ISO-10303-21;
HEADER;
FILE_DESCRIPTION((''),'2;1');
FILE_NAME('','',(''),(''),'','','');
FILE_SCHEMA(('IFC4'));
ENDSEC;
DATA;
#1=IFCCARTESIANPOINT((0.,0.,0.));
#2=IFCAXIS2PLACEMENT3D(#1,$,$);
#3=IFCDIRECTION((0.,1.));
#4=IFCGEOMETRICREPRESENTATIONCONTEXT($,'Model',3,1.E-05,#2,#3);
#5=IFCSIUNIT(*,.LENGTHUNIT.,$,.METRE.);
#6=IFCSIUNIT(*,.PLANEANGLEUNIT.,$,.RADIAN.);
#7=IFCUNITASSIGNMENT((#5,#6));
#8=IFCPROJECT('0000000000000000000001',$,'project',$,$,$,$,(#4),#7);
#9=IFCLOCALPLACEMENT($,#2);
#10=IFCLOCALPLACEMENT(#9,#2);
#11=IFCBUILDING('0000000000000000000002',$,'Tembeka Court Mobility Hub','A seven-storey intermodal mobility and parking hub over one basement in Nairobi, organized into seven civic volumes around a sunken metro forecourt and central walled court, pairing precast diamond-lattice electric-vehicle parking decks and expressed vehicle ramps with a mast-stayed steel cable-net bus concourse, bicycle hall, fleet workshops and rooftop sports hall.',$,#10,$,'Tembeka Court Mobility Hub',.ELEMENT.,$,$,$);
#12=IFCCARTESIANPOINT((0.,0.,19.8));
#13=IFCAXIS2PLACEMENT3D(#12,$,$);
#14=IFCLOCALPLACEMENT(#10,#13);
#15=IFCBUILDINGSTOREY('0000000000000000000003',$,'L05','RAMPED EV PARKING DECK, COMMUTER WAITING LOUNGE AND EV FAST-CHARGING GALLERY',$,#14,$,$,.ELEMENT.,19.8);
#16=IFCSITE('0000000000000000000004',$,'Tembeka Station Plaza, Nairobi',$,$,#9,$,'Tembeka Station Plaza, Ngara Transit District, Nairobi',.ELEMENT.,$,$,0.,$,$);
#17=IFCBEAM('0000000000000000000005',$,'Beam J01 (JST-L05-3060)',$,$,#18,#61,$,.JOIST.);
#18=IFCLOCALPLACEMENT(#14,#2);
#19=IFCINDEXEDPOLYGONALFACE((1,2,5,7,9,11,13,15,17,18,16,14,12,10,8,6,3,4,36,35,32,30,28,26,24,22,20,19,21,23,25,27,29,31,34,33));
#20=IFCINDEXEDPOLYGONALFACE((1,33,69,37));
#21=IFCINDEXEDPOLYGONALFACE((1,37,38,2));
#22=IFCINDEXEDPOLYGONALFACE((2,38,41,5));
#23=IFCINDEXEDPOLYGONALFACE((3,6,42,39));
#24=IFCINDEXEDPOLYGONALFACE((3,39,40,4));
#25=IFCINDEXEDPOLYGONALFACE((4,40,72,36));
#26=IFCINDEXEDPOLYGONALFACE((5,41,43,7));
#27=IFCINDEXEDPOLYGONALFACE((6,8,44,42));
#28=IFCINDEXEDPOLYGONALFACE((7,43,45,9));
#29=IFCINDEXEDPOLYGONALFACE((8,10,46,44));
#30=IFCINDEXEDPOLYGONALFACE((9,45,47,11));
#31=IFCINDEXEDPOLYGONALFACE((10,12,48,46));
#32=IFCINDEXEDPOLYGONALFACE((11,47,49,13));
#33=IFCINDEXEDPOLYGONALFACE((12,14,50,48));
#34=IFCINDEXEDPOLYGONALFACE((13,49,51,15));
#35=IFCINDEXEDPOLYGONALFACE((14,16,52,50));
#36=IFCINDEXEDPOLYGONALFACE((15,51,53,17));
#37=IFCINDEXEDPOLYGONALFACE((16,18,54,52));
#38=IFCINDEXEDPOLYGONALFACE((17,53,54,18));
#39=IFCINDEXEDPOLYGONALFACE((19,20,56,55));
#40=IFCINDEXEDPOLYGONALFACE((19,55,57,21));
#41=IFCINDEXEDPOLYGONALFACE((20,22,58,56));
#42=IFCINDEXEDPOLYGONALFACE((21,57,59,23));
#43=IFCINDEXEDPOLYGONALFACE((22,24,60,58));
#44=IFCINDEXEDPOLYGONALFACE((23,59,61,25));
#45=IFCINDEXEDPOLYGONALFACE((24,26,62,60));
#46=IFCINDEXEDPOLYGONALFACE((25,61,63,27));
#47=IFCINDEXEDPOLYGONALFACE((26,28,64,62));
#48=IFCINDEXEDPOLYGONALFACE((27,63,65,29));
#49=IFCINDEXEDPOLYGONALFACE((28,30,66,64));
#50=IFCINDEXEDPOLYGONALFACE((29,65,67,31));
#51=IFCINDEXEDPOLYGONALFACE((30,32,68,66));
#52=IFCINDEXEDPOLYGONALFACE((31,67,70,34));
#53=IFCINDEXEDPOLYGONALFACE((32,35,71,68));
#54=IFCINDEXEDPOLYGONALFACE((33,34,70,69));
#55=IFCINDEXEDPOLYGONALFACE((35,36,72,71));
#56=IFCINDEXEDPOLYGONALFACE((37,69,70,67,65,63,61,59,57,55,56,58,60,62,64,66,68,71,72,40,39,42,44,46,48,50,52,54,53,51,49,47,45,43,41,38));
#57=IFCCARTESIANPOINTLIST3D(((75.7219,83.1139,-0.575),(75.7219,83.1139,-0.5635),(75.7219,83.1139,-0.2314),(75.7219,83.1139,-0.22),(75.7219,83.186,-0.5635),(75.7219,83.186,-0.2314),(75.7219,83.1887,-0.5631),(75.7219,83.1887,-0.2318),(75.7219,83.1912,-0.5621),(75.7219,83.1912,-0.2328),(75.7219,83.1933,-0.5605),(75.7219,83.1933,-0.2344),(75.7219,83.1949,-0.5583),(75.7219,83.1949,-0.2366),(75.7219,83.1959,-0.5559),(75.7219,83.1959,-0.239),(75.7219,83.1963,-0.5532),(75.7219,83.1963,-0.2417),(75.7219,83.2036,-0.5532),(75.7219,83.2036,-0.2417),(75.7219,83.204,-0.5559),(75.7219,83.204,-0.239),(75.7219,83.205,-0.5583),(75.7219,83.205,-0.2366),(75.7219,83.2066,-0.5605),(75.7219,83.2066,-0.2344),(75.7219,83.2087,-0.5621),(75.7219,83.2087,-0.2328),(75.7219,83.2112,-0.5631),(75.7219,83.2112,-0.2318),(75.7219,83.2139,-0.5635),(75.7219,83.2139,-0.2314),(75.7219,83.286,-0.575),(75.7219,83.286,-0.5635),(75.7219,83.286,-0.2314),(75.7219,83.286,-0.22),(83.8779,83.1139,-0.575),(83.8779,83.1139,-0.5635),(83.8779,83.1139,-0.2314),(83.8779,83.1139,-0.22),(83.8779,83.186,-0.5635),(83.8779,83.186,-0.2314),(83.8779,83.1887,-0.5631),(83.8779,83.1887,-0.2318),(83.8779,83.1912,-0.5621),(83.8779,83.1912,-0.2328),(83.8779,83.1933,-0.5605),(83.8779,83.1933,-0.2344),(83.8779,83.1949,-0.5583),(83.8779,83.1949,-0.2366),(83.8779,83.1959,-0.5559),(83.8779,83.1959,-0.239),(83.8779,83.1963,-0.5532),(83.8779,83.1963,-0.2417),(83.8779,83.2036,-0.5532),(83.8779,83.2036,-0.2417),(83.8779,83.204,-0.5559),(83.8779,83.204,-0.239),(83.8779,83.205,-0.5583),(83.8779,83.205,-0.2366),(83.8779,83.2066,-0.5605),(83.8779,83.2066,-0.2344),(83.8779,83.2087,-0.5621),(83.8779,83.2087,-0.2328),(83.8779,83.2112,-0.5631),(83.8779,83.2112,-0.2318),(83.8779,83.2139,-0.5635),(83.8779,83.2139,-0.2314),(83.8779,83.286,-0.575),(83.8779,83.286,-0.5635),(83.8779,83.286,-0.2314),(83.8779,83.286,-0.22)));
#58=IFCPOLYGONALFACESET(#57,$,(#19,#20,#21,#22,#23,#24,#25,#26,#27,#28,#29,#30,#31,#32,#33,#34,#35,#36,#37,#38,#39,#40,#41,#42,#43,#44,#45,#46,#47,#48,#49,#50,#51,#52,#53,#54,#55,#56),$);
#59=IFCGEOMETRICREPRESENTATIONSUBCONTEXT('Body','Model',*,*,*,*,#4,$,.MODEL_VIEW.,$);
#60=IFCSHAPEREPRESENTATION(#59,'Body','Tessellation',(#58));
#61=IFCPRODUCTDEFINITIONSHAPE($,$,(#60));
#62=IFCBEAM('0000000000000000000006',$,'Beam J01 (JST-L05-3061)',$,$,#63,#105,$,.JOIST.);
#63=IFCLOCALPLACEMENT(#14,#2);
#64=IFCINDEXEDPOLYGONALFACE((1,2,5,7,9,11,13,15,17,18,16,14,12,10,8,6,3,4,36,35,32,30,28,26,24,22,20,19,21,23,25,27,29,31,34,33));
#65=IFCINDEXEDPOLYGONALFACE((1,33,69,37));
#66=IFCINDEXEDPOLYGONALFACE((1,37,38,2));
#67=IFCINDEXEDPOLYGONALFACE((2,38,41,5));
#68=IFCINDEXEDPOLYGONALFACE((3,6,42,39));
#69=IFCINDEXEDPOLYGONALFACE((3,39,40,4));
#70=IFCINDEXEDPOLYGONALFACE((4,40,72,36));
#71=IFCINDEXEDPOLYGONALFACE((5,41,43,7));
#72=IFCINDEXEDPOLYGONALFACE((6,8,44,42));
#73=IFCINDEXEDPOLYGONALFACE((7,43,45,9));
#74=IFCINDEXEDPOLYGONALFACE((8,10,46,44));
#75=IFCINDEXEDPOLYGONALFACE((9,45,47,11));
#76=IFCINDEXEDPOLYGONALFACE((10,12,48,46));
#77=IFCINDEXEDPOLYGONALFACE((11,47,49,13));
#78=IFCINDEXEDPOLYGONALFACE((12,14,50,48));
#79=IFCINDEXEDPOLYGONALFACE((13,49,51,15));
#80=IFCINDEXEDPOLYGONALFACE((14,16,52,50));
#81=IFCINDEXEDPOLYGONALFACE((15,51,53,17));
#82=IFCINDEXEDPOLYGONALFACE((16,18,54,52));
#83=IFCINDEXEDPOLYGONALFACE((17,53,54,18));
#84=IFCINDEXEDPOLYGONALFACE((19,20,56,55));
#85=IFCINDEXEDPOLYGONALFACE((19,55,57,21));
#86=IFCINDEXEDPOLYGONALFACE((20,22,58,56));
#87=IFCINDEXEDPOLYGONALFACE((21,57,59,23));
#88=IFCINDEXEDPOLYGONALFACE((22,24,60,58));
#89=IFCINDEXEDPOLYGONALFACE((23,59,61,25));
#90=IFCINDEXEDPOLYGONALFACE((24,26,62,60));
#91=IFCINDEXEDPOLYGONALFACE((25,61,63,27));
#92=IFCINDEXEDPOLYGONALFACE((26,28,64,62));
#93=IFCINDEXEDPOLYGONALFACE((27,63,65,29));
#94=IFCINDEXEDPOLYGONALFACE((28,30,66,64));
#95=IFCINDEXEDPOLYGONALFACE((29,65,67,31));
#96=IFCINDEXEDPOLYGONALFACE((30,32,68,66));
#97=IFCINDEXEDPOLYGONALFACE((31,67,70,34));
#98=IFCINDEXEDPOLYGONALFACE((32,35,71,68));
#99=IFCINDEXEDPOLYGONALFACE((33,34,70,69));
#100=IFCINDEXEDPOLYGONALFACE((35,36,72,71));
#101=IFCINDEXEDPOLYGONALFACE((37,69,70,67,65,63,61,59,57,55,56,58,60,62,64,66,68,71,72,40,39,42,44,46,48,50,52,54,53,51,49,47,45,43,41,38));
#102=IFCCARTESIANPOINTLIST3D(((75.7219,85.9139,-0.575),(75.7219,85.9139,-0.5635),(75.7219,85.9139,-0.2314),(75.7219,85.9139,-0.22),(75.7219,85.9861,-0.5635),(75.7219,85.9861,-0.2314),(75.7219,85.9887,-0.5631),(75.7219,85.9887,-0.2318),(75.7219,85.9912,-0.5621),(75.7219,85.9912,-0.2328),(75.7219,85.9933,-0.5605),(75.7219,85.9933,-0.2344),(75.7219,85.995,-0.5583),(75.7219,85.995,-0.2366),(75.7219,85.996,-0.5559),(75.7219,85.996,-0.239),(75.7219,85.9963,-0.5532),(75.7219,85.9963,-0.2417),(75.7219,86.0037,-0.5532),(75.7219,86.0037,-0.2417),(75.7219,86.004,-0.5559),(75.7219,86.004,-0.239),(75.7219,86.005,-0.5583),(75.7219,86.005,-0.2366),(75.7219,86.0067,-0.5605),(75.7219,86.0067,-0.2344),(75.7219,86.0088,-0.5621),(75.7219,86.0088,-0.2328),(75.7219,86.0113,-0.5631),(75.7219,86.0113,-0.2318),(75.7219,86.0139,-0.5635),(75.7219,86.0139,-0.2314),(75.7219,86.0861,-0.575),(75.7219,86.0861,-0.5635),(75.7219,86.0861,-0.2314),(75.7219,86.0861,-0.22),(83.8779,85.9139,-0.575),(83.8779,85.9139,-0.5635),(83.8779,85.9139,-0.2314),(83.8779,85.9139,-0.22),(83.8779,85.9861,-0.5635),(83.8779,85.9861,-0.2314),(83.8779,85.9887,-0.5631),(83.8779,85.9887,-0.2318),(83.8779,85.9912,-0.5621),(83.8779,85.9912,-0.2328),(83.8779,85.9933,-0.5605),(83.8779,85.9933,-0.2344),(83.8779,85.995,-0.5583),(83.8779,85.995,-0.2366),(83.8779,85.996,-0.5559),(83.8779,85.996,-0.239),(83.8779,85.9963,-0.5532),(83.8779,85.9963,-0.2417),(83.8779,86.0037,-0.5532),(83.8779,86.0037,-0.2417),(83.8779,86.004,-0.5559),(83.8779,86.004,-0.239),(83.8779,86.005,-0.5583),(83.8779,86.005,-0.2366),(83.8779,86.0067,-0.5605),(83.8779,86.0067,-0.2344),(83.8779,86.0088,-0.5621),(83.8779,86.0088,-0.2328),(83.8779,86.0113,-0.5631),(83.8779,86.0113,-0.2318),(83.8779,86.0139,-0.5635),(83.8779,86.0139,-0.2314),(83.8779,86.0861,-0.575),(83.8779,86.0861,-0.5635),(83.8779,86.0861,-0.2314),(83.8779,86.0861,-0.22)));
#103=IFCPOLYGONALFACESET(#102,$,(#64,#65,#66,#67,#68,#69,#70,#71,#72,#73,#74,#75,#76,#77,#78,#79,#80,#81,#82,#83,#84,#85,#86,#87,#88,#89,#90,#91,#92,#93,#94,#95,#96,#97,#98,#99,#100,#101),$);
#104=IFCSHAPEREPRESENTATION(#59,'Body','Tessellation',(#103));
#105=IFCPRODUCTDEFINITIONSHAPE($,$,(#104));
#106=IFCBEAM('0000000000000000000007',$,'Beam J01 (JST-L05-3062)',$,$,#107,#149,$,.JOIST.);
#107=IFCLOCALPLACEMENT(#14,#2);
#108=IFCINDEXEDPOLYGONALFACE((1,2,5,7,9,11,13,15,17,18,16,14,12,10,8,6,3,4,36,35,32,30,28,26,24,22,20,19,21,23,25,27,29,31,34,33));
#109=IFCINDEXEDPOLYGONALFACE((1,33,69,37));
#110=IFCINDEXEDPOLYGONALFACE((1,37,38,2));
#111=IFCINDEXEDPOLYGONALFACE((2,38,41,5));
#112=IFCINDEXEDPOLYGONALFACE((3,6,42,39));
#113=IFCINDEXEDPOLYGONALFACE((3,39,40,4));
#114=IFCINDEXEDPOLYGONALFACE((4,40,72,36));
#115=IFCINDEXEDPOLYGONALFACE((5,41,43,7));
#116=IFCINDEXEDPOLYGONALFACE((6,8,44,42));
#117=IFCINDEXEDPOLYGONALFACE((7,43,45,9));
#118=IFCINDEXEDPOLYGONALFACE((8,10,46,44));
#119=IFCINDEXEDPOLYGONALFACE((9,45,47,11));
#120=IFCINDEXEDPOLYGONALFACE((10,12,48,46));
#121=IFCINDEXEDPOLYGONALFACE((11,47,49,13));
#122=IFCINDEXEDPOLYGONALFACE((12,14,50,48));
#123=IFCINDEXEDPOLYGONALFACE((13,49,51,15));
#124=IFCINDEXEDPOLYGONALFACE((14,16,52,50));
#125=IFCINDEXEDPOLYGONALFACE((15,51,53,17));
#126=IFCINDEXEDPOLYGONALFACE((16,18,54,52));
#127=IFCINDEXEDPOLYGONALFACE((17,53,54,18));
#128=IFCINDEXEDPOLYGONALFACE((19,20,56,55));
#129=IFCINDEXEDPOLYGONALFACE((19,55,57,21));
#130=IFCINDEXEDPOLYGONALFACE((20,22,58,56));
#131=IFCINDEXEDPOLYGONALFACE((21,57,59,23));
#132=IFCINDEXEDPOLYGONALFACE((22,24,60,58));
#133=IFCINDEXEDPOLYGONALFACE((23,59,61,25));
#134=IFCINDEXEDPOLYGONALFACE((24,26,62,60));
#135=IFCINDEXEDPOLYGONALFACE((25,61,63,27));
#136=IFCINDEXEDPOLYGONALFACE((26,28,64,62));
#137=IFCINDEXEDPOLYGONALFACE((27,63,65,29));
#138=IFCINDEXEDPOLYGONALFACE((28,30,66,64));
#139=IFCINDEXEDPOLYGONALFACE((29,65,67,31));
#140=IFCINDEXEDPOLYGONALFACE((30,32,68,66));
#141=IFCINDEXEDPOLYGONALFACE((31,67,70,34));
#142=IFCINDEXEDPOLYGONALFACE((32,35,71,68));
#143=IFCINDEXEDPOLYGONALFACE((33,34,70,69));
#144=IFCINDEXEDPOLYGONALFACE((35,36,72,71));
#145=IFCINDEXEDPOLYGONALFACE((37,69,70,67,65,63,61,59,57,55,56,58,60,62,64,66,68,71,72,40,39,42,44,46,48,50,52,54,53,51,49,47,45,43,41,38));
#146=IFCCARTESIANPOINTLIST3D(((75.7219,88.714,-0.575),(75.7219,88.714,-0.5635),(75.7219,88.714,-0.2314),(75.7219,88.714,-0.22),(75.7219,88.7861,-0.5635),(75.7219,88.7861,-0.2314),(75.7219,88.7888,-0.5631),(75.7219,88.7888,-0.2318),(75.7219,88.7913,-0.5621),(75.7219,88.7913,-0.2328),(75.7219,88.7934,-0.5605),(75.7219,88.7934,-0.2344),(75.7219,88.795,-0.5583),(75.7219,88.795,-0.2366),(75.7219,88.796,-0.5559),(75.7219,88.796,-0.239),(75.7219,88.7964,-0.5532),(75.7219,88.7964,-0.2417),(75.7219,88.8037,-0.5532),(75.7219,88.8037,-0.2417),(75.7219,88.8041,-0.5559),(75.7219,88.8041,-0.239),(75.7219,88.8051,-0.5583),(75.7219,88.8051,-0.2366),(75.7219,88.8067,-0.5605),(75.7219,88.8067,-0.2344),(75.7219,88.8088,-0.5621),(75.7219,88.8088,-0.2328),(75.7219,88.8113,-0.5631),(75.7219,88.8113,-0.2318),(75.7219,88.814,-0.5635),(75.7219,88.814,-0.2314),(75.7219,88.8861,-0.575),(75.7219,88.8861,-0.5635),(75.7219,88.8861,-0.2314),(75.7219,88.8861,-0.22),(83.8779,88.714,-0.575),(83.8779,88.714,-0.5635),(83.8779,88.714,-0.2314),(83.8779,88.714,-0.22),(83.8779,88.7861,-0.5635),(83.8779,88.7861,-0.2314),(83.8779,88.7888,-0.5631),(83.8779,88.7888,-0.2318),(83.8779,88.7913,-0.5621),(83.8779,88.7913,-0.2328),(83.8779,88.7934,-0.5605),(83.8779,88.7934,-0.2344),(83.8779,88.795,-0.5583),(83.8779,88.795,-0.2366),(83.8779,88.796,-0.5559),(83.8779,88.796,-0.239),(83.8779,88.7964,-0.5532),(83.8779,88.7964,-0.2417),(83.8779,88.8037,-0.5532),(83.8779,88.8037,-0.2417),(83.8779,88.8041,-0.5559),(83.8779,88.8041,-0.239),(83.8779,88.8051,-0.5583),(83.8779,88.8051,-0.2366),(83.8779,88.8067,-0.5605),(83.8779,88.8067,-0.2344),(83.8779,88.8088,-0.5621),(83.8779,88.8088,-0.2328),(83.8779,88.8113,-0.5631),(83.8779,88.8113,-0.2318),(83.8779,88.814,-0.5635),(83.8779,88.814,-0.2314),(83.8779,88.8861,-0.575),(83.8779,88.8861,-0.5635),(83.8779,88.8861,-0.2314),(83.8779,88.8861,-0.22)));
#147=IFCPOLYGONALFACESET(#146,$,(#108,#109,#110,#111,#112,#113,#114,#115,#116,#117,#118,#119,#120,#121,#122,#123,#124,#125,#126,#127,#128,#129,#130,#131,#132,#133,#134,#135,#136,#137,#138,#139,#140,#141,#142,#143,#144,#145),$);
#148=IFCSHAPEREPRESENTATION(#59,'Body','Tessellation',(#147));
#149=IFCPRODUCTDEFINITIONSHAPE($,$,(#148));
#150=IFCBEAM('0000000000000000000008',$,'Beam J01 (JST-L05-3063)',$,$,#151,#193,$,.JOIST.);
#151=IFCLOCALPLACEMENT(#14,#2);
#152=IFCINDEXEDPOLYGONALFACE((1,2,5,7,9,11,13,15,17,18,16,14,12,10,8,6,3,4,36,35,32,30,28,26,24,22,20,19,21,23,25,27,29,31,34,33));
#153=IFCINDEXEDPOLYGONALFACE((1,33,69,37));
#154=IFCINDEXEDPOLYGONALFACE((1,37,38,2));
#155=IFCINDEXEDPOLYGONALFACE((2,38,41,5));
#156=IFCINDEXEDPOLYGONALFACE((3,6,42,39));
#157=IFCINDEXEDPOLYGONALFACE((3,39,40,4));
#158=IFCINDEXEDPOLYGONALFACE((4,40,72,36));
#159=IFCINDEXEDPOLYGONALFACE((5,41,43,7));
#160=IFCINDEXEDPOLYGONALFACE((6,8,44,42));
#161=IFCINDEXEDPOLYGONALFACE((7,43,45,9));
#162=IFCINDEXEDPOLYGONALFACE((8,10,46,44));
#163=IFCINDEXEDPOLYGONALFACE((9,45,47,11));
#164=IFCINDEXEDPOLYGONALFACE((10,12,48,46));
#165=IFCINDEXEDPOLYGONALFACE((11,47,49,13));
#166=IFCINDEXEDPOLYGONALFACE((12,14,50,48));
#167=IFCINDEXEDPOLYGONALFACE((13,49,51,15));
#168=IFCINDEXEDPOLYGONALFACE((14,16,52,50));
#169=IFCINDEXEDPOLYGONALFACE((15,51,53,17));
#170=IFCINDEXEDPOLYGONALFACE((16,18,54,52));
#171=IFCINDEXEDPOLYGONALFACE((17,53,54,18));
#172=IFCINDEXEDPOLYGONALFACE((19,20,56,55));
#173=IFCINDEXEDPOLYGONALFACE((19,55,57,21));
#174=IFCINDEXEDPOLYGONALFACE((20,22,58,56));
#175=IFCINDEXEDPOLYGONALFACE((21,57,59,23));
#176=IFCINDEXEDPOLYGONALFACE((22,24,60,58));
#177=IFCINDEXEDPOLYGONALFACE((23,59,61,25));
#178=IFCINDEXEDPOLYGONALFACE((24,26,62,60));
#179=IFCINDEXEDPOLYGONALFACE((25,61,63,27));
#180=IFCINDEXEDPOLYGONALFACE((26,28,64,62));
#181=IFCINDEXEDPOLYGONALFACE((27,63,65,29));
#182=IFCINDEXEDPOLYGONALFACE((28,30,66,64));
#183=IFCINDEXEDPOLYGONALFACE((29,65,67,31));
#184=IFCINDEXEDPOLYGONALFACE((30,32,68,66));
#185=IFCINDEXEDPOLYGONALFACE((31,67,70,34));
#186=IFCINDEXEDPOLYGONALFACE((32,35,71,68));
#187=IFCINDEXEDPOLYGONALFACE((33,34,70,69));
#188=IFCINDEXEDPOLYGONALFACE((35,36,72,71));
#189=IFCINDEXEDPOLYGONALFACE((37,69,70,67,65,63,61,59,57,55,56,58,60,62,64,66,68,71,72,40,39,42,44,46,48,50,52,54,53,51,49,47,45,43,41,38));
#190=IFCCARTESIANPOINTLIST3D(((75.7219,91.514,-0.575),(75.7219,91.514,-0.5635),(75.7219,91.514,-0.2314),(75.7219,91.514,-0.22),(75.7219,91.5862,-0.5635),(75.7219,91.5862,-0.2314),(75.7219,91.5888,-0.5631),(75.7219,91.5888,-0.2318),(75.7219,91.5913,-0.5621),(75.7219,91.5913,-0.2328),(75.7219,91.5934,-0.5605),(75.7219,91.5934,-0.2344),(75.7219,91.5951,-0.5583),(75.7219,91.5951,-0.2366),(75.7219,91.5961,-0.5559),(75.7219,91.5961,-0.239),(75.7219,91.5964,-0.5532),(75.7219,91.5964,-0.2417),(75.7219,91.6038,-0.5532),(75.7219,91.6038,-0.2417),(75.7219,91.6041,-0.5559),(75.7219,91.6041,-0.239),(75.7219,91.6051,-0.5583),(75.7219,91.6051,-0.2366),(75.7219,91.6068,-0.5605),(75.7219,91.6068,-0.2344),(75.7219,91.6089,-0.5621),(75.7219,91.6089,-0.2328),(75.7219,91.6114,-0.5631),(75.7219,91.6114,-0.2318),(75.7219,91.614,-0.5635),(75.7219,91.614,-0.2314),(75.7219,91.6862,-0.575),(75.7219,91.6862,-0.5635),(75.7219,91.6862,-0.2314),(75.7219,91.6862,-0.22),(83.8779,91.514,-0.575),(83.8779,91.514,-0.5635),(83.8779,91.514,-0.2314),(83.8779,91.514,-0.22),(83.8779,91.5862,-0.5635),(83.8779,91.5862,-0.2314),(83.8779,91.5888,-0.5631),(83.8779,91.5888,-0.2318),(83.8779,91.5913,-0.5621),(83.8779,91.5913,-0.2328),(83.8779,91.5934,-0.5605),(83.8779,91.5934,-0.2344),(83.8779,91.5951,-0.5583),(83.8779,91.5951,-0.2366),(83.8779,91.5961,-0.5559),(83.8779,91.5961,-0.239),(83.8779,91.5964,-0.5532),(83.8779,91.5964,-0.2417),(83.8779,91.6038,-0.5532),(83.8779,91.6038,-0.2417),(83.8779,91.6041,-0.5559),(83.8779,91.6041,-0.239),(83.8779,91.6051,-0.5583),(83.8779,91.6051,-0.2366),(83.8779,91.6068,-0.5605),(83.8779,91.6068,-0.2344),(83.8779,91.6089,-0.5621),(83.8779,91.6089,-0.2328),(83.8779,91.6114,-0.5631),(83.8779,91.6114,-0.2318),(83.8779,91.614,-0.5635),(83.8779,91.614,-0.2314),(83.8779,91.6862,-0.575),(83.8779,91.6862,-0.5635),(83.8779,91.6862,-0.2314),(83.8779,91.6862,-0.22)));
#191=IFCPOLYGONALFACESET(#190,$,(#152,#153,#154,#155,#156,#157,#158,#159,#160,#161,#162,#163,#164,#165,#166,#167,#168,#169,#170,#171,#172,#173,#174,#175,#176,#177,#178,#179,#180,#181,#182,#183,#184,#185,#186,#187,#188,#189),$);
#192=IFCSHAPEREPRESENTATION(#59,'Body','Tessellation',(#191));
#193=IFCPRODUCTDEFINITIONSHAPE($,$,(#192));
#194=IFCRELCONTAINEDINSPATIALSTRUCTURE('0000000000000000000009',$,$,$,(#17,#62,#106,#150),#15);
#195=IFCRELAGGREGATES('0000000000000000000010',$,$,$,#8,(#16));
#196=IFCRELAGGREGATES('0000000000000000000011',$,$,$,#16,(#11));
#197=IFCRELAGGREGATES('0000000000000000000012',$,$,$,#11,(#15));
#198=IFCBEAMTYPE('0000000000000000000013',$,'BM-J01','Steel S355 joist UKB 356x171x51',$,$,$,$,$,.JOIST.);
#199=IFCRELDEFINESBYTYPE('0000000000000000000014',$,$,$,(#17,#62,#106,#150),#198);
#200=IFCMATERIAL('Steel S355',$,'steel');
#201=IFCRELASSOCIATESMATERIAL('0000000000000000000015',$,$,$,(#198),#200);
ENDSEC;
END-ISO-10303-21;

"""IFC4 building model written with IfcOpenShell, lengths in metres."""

from ifc_helpers import new_model, si_unit, direction, frame, origin, origin_2d, place, context, subcontext, project, spatial, i_section, extrude, material, material_profile, profile_set, type_object, element, save


model = new_model("IFC4")

# Units and contexts
model_context = context("Model", 3, precision=1e-05, world=origin(), true_north=direction((0.0, 1.0)))
body_context = subcontext(model_context, "Body", "Model", "MODEL_VIEW")
ifc_project = project(units=[si_unit("LENGTHUNIT", "METRE"), si_unit("PLANEANGLEUNIT", "RADIAN")], contexts=[model_context])

# Site, building, storey
site_placement = place(None, origin())
site = spatial("IfcSite", under=ifc_project, at=site_placement, Name="Tembeka Station Plaza, Nairobi", LongName="Tembeka Station Plaza, Ngara Transit District, Nairobi", CompositionType="ELEMENT", RefElevation=0.0)
building_placement = place(site_placement, origin())
building = spatial("IfcBuilding", under=site, at=building_placement, Name="Tembeka Court Mobility Hub", Description="A seven-storey intermodal mobility and parking hub over one basement in Nairobi, organized into seven civic volumes around a sunken metro forecourt and central walled court, pairing precast diamond-lattice electric-vehicle parking decks and expressed vehicle ramps with a mast-stayed steel cable-net bus concourse, bicycle hall, fleet workshops and rooftop sports hall.", LongName="Tembeka Court Mobility Hub", CompositionType="ELEMENT")
storey_placement = place(building_placement, frame((0.0, 0.0, 19.8)))
storey = spatial("IfcBuildingStorey", under=building, at=storey_placement, Name="L05", Description="RAMPED EV PARKING DECK, COMMUTER WAITING LOUNGE AND EV FAST-CHARGING GALLERY", CompositionType="ELEMENT", Elevation=19.8)

# Shared definitions
ifc_material = material(Name="Steel S355", Category="steel")

# Beams
ifc_material_profile_1 = material_profile(ifc_material, i_section(OverallWidth=0.1721, OverallDepth=0.355, WebThickness=0.0073, FlangeThickness=0.0115, FilletRadius=0.0103, at=origin_2d()), Name="UKB 356x171x51")
ifc_profile_set_1 = profile_set([ifc_material_profile_1], Name="Steel S355")
beam_type_1 = type_object("IfcBeamType", Name="BM-J01", Description="Steel S355 joist UKB 356x171x51", PredefinedType="JOIST", material=ifc_profile_set_1)
for number, where, z_axis, x_axis, name in (
    (1, (75.7219, 83.2, -0.3975), (1.0, 0.0, 0.0), (0.0, 1.0, 0.0), "Beam J01 (JST-L05-3060)"),
    (2, (75.7219, 86.0, -0.3975), (1.0, 0.0, 0.0), (0.0, 1.0, 0.0), "Beam J01 (JST-L05-3061)"),
    (3, (75.7219, 88.8, -0.3975), (1.0, 0.0, 0.0), (0.0, 1.0, 0.0), "Beam J01 (JST-L05-3062)"),
    (4, (75.7219, 91.6001, -0.3975), (1.0, 0.0, 0.0), (0.0, 1.0, 0.0), "Beam J01 (JST-L05-3063)"),
):
    element("IfcBeam", number, at=place(storey_placement, frame(where, z_axis=z_axis, x_axis=x_axis)), inside=storey, type_object=beam_type_1, Name=name, PredefinedType="JOIST", context=body_context, shape_type="SweptSolid", body=[
        extrude(i_section(OverallWidth=0.1721, OverallDepth=0.355, WebThickness=0.0073, FlangeThickness=0.0115, FilletRadius=0.0103, at=origin_2d()), origin(), (0.0, 0.0, 1.0), 8.156),
    ])

save(model, "model.ifc")
